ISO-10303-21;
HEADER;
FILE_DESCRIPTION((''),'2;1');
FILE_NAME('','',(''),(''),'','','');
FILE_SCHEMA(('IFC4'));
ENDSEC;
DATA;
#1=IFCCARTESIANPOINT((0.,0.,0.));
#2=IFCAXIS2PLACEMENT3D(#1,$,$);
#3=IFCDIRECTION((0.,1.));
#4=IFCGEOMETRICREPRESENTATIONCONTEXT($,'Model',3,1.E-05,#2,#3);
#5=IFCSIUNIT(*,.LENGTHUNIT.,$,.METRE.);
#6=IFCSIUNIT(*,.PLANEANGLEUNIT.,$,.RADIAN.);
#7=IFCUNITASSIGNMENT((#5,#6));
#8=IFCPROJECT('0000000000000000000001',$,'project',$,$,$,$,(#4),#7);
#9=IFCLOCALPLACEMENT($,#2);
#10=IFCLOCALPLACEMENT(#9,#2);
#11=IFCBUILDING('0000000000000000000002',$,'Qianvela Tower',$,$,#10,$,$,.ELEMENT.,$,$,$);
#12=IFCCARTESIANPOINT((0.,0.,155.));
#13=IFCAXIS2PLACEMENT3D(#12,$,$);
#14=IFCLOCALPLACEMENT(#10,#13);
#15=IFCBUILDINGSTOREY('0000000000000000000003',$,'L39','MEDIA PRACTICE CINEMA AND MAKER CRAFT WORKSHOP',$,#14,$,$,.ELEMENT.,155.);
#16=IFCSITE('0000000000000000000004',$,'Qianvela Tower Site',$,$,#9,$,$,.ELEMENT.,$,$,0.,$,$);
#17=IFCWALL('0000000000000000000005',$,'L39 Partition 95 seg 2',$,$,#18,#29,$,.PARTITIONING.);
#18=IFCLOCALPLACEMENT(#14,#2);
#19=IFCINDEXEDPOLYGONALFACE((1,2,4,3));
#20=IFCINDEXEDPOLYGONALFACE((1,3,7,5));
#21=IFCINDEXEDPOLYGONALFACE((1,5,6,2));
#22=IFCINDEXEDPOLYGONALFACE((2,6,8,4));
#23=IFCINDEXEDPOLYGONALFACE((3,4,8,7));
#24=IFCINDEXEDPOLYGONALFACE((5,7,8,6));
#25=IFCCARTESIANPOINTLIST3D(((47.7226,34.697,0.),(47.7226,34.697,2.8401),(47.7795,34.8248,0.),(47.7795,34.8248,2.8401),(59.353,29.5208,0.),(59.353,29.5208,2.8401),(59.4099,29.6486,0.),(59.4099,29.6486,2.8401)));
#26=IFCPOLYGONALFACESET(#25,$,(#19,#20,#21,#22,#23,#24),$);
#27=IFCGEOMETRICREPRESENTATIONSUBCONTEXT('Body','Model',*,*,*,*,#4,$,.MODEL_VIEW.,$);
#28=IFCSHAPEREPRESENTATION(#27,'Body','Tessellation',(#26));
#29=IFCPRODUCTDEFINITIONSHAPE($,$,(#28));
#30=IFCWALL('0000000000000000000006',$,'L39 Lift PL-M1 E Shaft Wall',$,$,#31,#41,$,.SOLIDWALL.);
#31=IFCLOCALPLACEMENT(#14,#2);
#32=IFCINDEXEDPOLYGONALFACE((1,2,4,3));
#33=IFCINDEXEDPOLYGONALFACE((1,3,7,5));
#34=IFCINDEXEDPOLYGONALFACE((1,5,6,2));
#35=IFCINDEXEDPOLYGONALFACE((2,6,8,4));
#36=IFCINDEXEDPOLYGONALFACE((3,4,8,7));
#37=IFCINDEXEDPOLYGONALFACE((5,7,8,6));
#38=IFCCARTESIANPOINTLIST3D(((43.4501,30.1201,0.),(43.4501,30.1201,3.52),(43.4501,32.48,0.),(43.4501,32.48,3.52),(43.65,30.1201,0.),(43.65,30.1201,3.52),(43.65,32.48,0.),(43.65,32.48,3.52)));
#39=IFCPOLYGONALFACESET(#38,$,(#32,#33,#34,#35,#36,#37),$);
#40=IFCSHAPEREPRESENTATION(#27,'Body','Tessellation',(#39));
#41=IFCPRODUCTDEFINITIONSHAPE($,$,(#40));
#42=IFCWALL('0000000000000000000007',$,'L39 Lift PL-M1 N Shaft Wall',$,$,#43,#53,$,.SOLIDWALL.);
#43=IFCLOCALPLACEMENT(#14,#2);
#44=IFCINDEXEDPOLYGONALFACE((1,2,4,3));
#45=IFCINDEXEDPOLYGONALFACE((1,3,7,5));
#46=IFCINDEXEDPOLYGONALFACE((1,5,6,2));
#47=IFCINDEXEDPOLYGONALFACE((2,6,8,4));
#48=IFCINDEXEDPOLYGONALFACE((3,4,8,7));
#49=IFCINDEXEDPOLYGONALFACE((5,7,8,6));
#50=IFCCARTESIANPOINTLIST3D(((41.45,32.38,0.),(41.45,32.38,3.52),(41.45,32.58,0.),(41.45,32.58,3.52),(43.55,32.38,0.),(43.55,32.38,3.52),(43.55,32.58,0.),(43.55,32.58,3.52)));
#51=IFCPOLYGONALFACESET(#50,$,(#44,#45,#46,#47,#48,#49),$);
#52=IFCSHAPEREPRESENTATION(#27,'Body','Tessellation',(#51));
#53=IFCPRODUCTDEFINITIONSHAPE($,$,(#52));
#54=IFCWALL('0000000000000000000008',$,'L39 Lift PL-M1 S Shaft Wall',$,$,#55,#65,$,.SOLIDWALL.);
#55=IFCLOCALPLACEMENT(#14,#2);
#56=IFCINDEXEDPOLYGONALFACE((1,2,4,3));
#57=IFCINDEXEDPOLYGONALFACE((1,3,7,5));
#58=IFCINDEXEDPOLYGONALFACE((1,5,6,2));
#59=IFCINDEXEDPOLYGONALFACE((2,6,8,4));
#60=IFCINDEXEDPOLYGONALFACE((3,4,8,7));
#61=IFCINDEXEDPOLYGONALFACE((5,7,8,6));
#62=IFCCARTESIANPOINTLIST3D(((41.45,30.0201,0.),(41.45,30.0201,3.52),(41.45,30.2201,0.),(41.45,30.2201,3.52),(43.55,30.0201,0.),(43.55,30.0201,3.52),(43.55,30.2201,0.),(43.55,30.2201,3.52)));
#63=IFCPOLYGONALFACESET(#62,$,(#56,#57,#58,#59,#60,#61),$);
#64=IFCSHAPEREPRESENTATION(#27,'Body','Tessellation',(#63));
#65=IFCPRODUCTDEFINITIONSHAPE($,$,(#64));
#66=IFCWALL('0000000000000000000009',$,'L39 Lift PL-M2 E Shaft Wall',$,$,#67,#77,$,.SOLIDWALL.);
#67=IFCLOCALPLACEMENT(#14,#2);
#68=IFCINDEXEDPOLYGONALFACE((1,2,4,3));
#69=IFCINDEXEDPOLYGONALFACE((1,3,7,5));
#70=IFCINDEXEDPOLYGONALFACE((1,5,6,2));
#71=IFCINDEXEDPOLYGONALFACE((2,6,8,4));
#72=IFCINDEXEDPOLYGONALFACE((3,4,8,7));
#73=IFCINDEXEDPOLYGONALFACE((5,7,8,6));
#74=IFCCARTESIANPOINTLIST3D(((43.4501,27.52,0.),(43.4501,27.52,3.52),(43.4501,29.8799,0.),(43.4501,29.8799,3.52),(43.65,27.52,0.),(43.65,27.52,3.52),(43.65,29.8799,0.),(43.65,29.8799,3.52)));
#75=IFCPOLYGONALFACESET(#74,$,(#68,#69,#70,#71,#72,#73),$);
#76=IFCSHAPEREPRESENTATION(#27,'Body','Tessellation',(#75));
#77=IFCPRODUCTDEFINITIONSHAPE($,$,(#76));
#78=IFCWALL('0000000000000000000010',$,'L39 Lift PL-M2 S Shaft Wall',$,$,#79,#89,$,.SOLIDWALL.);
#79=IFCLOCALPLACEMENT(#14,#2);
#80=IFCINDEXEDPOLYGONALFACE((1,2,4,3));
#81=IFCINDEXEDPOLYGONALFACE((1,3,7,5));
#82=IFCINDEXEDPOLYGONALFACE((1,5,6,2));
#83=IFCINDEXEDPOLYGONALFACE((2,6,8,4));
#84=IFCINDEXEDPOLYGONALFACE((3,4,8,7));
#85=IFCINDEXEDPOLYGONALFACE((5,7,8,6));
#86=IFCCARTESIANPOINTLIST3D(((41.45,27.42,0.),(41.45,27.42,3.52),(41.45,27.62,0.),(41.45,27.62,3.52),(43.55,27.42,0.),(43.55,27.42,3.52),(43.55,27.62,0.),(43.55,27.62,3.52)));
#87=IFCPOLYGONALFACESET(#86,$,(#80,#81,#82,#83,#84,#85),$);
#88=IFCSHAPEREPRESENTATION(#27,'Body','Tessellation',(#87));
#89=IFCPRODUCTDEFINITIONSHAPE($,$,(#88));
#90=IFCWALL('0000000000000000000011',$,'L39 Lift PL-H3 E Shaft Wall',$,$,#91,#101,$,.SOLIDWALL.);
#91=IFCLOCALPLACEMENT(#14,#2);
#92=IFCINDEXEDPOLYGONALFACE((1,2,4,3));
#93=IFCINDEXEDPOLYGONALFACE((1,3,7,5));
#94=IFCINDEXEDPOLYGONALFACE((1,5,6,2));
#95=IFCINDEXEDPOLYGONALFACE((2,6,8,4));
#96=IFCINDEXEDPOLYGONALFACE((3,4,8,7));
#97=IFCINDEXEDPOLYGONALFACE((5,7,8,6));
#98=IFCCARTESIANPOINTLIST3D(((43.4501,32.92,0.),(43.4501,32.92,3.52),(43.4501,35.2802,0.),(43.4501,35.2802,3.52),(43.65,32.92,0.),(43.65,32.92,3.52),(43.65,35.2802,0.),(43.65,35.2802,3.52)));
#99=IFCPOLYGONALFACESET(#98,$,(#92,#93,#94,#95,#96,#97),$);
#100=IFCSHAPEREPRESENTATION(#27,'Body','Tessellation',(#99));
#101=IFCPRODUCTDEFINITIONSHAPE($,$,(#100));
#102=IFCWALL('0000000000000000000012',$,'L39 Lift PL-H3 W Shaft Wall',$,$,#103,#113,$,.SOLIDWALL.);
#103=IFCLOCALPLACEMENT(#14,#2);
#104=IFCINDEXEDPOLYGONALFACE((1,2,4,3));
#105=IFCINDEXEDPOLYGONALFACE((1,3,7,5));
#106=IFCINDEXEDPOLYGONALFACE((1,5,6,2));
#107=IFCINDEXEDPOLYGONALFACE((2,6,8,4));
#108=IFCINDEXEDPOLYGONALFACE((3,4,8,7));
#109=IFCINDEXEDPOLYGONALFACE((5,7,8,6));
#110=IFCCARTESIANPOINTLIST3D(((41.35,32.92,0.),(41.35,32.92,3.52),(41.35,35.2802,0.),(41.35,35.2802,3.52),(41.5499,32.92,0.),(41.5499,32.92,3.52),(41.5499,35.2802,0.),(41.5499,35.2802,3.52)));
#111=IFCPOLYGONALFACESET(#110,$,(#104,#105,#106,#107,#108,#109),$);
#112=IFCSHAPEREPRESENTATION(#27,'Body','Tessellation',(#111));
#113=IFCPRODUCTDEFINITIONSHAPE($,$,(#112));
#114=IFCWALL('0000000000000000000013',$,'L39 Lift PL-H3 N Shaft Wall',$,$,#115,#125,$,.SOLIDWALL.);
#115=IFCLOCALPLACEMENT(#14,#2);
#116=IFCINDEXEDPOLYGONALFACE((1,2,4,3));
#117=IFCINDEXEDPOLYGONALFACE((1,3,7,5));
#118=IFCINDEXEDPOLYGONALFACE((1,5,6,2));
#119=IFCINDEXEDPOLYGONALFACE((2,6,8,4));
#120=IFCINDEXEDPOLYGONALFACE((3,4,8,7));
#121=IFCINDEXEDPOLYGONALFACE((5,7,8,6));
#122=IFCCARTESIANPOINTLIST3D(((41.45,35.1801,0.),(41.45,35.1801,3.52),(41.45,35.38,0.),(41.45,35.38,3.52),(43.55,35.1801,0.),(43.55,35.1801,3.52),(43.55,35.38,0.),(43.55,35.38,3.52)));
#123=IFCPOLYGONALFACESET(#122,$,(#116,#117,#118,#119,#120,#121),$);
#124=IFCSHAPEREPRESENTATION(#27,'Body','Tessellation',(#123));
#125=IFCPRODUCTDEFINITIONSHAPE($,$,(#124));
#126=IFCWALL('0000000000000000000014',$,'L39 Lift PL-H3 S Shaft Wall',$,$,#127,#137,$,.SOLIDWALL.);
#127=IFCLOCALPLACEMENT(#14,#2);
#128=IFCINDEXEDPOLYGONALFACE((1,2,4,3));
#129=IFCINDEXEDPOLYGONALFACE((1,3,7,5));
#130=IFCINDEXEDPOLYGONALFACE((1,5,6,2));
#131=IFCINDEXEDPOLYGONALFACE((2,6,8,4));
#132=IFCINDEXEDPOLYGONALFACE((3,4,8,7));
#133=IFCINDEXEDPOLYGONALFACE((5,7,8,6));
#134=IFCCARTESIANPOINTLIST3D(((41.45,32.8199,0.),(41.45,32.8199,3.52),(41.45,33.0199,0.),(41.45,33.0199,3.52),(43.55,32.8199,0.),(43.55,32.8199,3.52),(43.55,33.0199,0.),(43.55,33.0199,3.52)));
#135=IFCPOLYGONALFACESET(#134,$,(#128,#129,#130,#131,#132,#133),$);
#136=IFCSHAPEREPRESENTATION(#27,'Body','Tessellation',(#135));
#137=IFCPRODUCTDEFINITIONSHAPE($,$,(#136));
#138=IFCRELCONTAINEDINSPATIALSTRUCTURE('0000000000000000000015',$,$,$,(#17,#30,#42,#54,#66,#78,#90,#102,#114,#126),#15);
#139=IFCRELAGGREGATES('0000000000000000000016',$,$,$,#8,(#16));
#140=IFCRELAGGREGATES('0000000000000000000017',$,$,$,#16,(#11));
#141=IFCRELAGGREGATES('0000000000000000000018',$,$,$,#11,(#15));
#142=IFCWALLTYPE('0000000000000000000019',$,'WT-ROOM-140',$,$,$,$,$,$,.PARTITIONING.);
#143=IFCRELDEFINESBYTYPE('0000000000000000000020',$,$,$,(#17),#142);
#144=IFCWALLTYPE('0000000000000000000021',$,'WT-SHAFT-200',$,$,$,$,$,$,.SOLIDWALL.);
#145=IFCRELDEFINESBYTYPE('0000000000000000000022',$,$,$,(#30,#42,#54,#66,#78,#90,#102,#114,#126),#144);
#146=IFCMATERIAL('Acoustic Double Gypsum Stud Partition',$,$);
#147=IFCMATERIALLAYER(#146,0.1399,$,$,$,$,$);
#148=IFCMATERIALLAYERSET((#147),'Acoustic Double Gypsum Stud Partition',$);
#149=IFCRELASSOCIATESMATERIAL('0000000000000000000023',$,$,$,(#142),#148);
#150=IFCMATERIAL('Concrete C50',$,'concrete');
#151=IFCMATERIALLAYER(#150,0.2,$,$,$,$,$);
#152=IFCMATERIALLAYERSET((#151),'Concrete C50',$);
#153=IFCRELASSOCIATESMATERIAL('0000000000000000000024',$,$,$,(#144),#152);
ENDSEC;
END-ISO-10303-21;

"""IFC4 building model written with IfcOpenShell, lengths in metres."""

from ifc_helpers import new_model, si_unit, direction, frame, frame_2d, origin, place, context, subcontext, project, spatial, rectangle, extrude, material, layer, layer_set, type_object, element, save


model = new_model("IFC4")

# Units and contexts
model_context = context("Model", 3, precision=1e-05, world=origin(), true_north=direction((0.0, 1.0)))
body_context = subcontext(model_context, "Body", "Model", "MODEL_VIEW")
ifc_project = project(units=[si_unit("LENGTHUNIT", "METRE"), si_unit("PLANEANGLEUNIT", "RADIAN")], contexts=[model_context])

# Site, building, storey
site_placement = place(None, origin())
site = spatial("IfcSite", under=ifc_project, at=site_placement, Name="Qianvela Tower Site", CompositionType="ELEMENT", RefElevation=0.0)
building_placement = place(site_placement, origin())
building = spatial("IfcBuilding", under=site, at=building_placement, Name="Qianvela Tower", CompositionType="ELEMENT")
storey_placement = place(building_placement, frame((0.0, 0.0, 155.0)))
storey = spatial("IfcBuildingStorey", under=building, at=storey_placement, Name="L39", Description="MEDIA PRACTICE CINEMA AND MAKER CRAFT WORKSHOP", CompositionType="ELEMENT", Elevation=155.0)

# Walls
ifc_material_1 = material(Name="Acoustic Double Gypsum Stud Partition")
ifc_layer_1 = layer(ifc_material_1, 0.1399)
ifc_layer_set_1 = layer_set([ifc_layer_1], Name="Acoustic Double Gypsum Stud Partition")
wall_type_1 = type_object("IfcWallType", Name="WT-ROOM-140", PredefinedType="PARTITIONING", material=ifc_layer_set_1)
wall_1_placement = place(storey_placement, frame((47.751, 34.761, 0.0), z_axis=(0.0, 0.0, 1.0), x_axis=(0.913601, -0.406612, 0.0)))
element("IfcWall", 1, at=wall_1_placement, inside=storey, type_object=wall_type_1, Name="L39 Partition 95 seg 2", PredefinedType="PARTITIONING", context=body_context, shape_type="SweptSolid", body=[
    extrude(rectangle(XDim=12.7302, YDim=0.1399, at=frame_2d((6.3652, 0.0))), origin(), (0.0, 0.0, 1.0), 2.8401),
])
ifc_material_2 = material(Name="Concrete C50", Category="concrete")
ifc_layer_2 = layer(ifc_material_2, 0.2)
ifc_layer_set_2 = layer_set([ifc_layer_2], Name="Concrete C50")
wall_type_2 = type_object("IfcWallType", Name="WT-SHAFT-200", PredefinedType="SOLIDWALL", material=ifc_layer_set_2)
wall_2_placement = place(storey_placement, frame((43.55, 30.1201, 0.0), z_axis=(0.0, 0.0, 1.0), x_axis=(0.0, 1.0, 0.0)))
element("IfcWall", 2, at=wall_2_placement, inside=storey, type_object=wall_type_2, Name="L39 Lift PL-M1 E Shaft Wall", PredefinedType="SOLIDWALL", context=body_context, shape_type="SweptSolid", body=[
    extrude(rectangle(XDim=2.3599, YDim=0.2, at=frame_2d((1.1799, 0.0))), origin(), (0.0, 0.0, 1.0), 3.52),
])

# Walls
for number, where, z_axis, x_axis, name in (
    (3, (41.45, 32.48, 0.0), (0.0, 0.0, 1.0), (1.0, 0.0, 0.0), "L39 Lift PL-M1 N Shaft Wall"),
    (4, (41.45, 30.1201, 0.0), (0.0, 0.0, 1.0), (1.0, 0.0, 0.0), "L39 Lift PL-M1 S Shaft Wall"),
):
    element("IfcWall", number, at=place(storey_placement, frame(where, z_axis=z_axis, x_axis=x_axis)), inside=storey, type_object=wall_type_2, Name=name, PredefinedType="SOLIDWALL", context=body_context, shape_type="SweptSolid", body=[
        extrude(rectangle(XDim=2.1001, YDim=0.2, at=frame_2d((1.05, 0.0))), origin(), (0.0, 0.0, 1.0), 3.52),
    ])
wall_3_placement = place(storey_placement, frame((43.55, 27.52, 0.0), z_axis=(0.0, 0.0, 1.0), x_axis=(0.0, 1.0, 0.0)))
element("IfcWall", 5, at=wall_3_placement, inside=storey, type_object=wall_type_2, Name="L39 Lift PL-M2 E Shaft Wall", PredefinedType="SOLIDWALL", context=body_context, shape_type="SweptSolid", body=[
    extrude(rectangle(XDim=2.3599, YDim=0.2, at=frame_2d((1.1799, 0.0))), origin(), (0.0, 0.0, 1.0), 3.52),
])

# Walls
wall_4_placement = place(storey_placement, frame((41.45, 27.52, 0.0), z_axis=(0.0, 0.0, 1.0), x_axis=(1.0, 0.0, 0.0)))
element("IfcWall", 6, at=wall_4_placement, inside=storey, type_object=wall_type_2, Name="L39 Lift PL-M2 S Shaft Wall", PredefinedType="SOLIDWALL", context=body_context, shape_type="SweptSolid", body=[
    extrude(rectangle(XDim=2.1001, YDim=0.2, at=frame_2d((1.05, 0.0))), origin(), (0.0, 0.0, 1.0), 3.52),
])
for number, where, z_axis, x_axis, name in (
    (7, (43.55, 32.9199, 0.0), (0.0, 0.0, 1.0), (0.0, 1.0, 0.0), "L39 Lift PL-H3 E Shaft Wall"),
    (8, (41.45, 32.9199, 0.0), (0.0, 0.0, 1.0), (0.0, 1.0, 0.0), "L39 Lift PL-H3 W Shaft Wall"),
):
    element("IfcWall", number, at=place(storey_placement, frame(where, z_axis=z_axis, x_axis=x_axis)), inside=storey, type_object=wall_type_2, Name=name, PredefinedType="SOLIDWALL", context=body_context, shape_type="SweptSolid", body=[
        extrude(rectangle(XDim=2.3601, YDim=0.2, at=frame_2d((1.1802, 0.0))), origin(), (0.0, 0.0, 1.0), 3.52),
    ])
for number, where, z_axis, x_axis, name in (
    (9, (41.45, 35.28, 0.0), (0.0, 0.0, 1.0), (1.0, 0.0, 0.0), "L39 Lift PL-H3 N Shaft Wall"),
    (10, (41.45, 32.9199, 0.0), (0.0, 0.0, 1.0), (1.0, 0.0, 0.0), "L39 Lift PL-H3 S Shaft Wall"),
):
    element("IfcWall", number, at=place(storey_placement, frame(where, z_axis=z_axis, x_axis=x_axis)), inside=storey, type_object=wall_type_2, Name=name, PredefinedType="SOLIDWALL", context=body_context, shape_type="SweptSolid", body=[
        extrude(rectangle(XDim=2.1001, YDim=0.2, at=frame_2d((1.05, 0.0))), origin(), (0.0, 0.0, 1.0), 3.52),
    ])

save(model, "model.ifc")
